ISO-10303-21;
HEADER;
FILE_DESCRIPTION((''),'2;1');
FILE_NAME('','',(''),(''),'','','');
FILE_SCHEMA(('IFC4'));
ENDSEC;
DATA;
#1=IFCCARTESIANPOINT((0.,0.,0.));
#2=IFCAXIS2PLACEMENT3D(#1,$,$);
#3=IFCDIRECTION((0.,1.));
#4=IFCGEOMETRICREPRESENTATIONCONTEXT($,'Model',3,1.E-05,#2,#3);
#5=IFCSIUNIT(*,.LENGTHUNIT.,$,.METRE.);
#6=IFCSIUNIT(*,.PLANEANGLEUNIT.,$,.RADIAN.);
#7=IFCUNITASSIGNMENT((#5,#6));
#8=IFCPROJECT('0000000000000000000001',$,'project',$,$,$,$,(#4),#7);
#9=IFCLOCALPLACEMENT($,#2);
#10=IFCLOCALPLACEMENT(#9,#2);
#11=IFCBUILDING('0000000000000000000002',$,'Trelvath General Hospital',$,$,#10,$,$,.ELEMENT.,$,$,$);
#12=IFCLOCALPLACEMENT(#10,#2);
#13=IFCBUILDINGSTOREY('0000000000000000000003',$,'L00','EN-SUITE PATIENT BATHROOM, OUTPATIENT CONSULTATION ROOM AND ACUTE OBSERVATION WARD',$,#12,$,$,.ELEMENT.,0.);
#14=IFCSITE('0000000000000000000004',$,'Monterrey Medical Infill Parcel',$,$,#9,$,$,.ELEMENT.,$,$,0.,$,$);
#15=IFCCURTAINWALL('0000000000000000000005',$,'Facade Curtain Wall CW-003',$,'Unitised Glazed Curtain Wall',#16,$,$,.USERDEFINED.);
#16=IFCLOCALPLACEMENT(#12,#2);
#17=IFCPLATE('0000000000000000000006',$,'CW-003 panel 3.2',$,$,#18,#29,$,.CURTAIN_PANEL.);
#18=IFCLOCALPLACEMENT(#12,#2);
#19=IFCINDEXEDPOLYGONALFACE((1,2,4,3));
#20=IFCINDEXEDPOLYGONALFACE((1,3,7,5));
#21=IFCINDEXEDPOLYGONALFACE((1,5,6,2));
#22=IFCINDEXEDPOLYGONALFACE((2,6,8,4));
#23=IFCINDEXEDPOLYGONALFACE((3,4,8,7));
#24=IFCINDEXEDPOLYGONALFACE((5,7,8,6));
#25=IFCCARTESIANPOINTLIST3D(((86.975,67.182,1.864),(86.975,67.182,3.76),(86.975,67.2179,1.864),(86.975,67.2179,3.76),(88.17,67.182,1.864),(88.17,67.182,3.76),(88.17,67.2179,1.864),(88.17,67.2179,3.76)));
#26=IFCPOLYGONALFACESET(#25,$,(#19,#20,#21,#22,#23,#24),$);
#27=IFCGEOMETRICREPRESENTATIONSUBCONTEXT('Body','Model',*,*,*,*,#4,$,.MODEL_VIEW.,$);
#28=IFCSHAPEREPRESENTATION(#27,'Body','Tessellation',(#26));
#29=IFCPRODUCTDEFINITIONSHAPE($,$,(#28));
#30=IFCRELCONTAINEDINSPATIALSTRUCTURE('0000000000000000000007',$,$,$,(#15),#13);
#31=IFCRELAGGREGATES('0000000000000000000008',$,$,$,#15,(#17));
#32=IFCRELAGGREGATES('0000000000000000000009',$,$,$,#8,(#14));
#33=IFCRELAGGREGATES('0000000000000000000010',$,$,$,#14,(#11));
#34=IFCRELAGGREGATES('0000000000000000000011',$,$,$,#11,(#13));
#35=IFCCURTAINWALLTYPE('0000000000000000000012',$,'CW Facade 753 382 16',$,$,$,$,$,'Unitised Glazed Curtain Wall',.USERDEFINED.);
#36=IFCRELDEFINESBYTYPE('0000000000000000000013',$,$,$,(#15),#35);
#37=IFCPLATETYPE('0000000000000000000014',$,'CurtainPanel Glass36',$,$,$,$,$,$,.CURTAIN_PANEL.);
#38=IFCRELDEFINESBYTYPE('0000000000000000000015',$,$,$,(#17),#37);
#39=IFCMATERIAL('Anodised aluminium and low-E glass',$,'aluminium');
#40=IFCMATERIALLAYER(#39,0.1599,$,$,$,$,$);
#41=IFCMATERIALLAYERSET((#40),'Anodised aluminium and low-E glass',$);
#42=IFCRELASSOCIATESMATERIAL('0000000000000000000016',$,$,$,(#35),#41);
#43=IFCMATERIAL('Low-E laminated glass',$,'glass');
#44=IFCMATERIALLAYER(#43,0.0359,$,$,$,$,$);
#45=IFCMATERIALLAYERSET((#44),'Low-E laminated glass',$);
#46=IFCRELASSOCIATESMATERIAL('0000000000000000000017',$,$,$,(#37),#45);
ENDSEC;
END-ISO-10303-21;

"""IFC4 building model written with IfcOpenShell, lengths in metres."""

from ifc_helpers import new_model, si_unit, direction, frame, origin, origin_2d, place, context, subcontext, project, spatial, rectangle, extrude, material, layer, layer_set, type_object, element, aggregate, save


model = new_model("IFC4")

# Units and contexts
model_context = context("Model", 3, precision=1e-05, world=origin(), true_north=direction((0.0, 1.0)))
body_context = subcontext(model_context, "Body", "Model", "MODEL_VIEW")
ifc_project = project(units=[si_unit("LENGTHUNIT", "METRE"), si_unit("PLANEANGLEUNIT", "RADIAN")], contexts=[model_context])

# Site, building, storey
site_placement = place(None, origin())
site = spatial("IfcSite", under=ifc_project, at=site_placement, Name="Monterrey Medical Infill Parcel", CompositionType="ELEMENT", RefElevation=0.0)
building_placement = place(site_placement, origin())
building = spatial("IfcBuilding", under=site, at=building_placement, Name="Trelvath General Hospital", CompositionType="ELEMENT")
storey_placement = place(building_placement, origin())
storey = spatial("IfcBuildingStorey", under=building, at=storey_placement, Name="L00", Description="EN-SUITE PATIENT BATHROOM, OUTPATIENT CONSULTATION ROOM AND ACUTE OBSERVATION WARD", CompositionType="ELEMENT", Elevation=0.0)

# Curtain wall, plate
ifc_material_1 = material(Name="Anodised aluminium and low-E glass", Category="aluminium")
ifc_layer_1 = layer(ifc_material_1, 0.1599)
ifc_layer_set_1 = layer_set([ifc_layer_1], Name="Anodised aluminium and low-E glass")
curtain_wall_type = type_object("IfcCurtainWallType", Name="CW Facade 753 382 16", ElementType="Unitised Glazed Curtain Wall", PredefinedType="USERDEFINED", material=ifc_layer_set_1)
curtain_wall_placement = place(storey_placement, origin())
curtain_wall = element("IfcCurtainWall", 1, at=curtain_wall_placement, inside=storey, type_object=curtain_wall_type, Name="Facade Curtain Wall CW-003", ObjectType="Unitised Glazed Curtain Wall", PredefinedType="USERDEFINED")
ifc_material_2 = material(Name="Low-E laminated glass", Category="glass")
ifc_layer_2 = layer(ifc_material_2, 0.0359)
ifc_layer_set_2 = layer_set([ifc_layer_2], Name="Low-E laminated glass")
plate_type = type_object("IfcPlateType", Name="CurtainPanel Glass36", PredefinedType="CURTAIN_PANEL", material=ifc_layer_set_2)
plate_1_placement = place(storey_placement, frame((87.5725, 67.2, 1.864), z_axis=(0.0, 0.0, 1.0), x_axis=(1.0, 0.0, 0.0)))
plate_1 = element("IfcPlate", 2, at=plate_1_placement, type_object=plate_type, Name="CW-003 panel 3.2", PredefinedType="CURTAIN_PANEL", context=body_context, shape_type="SweptSolid", body=[
    extrude(rectangle(XDim=1.1951, YDim=0.0359, at=origin_2d()), origin(), (0.0, 0.0, 1.0), 1.896),
])
aggregate(curtain_wall, [plate_1])

save(model, "model.ifc")
